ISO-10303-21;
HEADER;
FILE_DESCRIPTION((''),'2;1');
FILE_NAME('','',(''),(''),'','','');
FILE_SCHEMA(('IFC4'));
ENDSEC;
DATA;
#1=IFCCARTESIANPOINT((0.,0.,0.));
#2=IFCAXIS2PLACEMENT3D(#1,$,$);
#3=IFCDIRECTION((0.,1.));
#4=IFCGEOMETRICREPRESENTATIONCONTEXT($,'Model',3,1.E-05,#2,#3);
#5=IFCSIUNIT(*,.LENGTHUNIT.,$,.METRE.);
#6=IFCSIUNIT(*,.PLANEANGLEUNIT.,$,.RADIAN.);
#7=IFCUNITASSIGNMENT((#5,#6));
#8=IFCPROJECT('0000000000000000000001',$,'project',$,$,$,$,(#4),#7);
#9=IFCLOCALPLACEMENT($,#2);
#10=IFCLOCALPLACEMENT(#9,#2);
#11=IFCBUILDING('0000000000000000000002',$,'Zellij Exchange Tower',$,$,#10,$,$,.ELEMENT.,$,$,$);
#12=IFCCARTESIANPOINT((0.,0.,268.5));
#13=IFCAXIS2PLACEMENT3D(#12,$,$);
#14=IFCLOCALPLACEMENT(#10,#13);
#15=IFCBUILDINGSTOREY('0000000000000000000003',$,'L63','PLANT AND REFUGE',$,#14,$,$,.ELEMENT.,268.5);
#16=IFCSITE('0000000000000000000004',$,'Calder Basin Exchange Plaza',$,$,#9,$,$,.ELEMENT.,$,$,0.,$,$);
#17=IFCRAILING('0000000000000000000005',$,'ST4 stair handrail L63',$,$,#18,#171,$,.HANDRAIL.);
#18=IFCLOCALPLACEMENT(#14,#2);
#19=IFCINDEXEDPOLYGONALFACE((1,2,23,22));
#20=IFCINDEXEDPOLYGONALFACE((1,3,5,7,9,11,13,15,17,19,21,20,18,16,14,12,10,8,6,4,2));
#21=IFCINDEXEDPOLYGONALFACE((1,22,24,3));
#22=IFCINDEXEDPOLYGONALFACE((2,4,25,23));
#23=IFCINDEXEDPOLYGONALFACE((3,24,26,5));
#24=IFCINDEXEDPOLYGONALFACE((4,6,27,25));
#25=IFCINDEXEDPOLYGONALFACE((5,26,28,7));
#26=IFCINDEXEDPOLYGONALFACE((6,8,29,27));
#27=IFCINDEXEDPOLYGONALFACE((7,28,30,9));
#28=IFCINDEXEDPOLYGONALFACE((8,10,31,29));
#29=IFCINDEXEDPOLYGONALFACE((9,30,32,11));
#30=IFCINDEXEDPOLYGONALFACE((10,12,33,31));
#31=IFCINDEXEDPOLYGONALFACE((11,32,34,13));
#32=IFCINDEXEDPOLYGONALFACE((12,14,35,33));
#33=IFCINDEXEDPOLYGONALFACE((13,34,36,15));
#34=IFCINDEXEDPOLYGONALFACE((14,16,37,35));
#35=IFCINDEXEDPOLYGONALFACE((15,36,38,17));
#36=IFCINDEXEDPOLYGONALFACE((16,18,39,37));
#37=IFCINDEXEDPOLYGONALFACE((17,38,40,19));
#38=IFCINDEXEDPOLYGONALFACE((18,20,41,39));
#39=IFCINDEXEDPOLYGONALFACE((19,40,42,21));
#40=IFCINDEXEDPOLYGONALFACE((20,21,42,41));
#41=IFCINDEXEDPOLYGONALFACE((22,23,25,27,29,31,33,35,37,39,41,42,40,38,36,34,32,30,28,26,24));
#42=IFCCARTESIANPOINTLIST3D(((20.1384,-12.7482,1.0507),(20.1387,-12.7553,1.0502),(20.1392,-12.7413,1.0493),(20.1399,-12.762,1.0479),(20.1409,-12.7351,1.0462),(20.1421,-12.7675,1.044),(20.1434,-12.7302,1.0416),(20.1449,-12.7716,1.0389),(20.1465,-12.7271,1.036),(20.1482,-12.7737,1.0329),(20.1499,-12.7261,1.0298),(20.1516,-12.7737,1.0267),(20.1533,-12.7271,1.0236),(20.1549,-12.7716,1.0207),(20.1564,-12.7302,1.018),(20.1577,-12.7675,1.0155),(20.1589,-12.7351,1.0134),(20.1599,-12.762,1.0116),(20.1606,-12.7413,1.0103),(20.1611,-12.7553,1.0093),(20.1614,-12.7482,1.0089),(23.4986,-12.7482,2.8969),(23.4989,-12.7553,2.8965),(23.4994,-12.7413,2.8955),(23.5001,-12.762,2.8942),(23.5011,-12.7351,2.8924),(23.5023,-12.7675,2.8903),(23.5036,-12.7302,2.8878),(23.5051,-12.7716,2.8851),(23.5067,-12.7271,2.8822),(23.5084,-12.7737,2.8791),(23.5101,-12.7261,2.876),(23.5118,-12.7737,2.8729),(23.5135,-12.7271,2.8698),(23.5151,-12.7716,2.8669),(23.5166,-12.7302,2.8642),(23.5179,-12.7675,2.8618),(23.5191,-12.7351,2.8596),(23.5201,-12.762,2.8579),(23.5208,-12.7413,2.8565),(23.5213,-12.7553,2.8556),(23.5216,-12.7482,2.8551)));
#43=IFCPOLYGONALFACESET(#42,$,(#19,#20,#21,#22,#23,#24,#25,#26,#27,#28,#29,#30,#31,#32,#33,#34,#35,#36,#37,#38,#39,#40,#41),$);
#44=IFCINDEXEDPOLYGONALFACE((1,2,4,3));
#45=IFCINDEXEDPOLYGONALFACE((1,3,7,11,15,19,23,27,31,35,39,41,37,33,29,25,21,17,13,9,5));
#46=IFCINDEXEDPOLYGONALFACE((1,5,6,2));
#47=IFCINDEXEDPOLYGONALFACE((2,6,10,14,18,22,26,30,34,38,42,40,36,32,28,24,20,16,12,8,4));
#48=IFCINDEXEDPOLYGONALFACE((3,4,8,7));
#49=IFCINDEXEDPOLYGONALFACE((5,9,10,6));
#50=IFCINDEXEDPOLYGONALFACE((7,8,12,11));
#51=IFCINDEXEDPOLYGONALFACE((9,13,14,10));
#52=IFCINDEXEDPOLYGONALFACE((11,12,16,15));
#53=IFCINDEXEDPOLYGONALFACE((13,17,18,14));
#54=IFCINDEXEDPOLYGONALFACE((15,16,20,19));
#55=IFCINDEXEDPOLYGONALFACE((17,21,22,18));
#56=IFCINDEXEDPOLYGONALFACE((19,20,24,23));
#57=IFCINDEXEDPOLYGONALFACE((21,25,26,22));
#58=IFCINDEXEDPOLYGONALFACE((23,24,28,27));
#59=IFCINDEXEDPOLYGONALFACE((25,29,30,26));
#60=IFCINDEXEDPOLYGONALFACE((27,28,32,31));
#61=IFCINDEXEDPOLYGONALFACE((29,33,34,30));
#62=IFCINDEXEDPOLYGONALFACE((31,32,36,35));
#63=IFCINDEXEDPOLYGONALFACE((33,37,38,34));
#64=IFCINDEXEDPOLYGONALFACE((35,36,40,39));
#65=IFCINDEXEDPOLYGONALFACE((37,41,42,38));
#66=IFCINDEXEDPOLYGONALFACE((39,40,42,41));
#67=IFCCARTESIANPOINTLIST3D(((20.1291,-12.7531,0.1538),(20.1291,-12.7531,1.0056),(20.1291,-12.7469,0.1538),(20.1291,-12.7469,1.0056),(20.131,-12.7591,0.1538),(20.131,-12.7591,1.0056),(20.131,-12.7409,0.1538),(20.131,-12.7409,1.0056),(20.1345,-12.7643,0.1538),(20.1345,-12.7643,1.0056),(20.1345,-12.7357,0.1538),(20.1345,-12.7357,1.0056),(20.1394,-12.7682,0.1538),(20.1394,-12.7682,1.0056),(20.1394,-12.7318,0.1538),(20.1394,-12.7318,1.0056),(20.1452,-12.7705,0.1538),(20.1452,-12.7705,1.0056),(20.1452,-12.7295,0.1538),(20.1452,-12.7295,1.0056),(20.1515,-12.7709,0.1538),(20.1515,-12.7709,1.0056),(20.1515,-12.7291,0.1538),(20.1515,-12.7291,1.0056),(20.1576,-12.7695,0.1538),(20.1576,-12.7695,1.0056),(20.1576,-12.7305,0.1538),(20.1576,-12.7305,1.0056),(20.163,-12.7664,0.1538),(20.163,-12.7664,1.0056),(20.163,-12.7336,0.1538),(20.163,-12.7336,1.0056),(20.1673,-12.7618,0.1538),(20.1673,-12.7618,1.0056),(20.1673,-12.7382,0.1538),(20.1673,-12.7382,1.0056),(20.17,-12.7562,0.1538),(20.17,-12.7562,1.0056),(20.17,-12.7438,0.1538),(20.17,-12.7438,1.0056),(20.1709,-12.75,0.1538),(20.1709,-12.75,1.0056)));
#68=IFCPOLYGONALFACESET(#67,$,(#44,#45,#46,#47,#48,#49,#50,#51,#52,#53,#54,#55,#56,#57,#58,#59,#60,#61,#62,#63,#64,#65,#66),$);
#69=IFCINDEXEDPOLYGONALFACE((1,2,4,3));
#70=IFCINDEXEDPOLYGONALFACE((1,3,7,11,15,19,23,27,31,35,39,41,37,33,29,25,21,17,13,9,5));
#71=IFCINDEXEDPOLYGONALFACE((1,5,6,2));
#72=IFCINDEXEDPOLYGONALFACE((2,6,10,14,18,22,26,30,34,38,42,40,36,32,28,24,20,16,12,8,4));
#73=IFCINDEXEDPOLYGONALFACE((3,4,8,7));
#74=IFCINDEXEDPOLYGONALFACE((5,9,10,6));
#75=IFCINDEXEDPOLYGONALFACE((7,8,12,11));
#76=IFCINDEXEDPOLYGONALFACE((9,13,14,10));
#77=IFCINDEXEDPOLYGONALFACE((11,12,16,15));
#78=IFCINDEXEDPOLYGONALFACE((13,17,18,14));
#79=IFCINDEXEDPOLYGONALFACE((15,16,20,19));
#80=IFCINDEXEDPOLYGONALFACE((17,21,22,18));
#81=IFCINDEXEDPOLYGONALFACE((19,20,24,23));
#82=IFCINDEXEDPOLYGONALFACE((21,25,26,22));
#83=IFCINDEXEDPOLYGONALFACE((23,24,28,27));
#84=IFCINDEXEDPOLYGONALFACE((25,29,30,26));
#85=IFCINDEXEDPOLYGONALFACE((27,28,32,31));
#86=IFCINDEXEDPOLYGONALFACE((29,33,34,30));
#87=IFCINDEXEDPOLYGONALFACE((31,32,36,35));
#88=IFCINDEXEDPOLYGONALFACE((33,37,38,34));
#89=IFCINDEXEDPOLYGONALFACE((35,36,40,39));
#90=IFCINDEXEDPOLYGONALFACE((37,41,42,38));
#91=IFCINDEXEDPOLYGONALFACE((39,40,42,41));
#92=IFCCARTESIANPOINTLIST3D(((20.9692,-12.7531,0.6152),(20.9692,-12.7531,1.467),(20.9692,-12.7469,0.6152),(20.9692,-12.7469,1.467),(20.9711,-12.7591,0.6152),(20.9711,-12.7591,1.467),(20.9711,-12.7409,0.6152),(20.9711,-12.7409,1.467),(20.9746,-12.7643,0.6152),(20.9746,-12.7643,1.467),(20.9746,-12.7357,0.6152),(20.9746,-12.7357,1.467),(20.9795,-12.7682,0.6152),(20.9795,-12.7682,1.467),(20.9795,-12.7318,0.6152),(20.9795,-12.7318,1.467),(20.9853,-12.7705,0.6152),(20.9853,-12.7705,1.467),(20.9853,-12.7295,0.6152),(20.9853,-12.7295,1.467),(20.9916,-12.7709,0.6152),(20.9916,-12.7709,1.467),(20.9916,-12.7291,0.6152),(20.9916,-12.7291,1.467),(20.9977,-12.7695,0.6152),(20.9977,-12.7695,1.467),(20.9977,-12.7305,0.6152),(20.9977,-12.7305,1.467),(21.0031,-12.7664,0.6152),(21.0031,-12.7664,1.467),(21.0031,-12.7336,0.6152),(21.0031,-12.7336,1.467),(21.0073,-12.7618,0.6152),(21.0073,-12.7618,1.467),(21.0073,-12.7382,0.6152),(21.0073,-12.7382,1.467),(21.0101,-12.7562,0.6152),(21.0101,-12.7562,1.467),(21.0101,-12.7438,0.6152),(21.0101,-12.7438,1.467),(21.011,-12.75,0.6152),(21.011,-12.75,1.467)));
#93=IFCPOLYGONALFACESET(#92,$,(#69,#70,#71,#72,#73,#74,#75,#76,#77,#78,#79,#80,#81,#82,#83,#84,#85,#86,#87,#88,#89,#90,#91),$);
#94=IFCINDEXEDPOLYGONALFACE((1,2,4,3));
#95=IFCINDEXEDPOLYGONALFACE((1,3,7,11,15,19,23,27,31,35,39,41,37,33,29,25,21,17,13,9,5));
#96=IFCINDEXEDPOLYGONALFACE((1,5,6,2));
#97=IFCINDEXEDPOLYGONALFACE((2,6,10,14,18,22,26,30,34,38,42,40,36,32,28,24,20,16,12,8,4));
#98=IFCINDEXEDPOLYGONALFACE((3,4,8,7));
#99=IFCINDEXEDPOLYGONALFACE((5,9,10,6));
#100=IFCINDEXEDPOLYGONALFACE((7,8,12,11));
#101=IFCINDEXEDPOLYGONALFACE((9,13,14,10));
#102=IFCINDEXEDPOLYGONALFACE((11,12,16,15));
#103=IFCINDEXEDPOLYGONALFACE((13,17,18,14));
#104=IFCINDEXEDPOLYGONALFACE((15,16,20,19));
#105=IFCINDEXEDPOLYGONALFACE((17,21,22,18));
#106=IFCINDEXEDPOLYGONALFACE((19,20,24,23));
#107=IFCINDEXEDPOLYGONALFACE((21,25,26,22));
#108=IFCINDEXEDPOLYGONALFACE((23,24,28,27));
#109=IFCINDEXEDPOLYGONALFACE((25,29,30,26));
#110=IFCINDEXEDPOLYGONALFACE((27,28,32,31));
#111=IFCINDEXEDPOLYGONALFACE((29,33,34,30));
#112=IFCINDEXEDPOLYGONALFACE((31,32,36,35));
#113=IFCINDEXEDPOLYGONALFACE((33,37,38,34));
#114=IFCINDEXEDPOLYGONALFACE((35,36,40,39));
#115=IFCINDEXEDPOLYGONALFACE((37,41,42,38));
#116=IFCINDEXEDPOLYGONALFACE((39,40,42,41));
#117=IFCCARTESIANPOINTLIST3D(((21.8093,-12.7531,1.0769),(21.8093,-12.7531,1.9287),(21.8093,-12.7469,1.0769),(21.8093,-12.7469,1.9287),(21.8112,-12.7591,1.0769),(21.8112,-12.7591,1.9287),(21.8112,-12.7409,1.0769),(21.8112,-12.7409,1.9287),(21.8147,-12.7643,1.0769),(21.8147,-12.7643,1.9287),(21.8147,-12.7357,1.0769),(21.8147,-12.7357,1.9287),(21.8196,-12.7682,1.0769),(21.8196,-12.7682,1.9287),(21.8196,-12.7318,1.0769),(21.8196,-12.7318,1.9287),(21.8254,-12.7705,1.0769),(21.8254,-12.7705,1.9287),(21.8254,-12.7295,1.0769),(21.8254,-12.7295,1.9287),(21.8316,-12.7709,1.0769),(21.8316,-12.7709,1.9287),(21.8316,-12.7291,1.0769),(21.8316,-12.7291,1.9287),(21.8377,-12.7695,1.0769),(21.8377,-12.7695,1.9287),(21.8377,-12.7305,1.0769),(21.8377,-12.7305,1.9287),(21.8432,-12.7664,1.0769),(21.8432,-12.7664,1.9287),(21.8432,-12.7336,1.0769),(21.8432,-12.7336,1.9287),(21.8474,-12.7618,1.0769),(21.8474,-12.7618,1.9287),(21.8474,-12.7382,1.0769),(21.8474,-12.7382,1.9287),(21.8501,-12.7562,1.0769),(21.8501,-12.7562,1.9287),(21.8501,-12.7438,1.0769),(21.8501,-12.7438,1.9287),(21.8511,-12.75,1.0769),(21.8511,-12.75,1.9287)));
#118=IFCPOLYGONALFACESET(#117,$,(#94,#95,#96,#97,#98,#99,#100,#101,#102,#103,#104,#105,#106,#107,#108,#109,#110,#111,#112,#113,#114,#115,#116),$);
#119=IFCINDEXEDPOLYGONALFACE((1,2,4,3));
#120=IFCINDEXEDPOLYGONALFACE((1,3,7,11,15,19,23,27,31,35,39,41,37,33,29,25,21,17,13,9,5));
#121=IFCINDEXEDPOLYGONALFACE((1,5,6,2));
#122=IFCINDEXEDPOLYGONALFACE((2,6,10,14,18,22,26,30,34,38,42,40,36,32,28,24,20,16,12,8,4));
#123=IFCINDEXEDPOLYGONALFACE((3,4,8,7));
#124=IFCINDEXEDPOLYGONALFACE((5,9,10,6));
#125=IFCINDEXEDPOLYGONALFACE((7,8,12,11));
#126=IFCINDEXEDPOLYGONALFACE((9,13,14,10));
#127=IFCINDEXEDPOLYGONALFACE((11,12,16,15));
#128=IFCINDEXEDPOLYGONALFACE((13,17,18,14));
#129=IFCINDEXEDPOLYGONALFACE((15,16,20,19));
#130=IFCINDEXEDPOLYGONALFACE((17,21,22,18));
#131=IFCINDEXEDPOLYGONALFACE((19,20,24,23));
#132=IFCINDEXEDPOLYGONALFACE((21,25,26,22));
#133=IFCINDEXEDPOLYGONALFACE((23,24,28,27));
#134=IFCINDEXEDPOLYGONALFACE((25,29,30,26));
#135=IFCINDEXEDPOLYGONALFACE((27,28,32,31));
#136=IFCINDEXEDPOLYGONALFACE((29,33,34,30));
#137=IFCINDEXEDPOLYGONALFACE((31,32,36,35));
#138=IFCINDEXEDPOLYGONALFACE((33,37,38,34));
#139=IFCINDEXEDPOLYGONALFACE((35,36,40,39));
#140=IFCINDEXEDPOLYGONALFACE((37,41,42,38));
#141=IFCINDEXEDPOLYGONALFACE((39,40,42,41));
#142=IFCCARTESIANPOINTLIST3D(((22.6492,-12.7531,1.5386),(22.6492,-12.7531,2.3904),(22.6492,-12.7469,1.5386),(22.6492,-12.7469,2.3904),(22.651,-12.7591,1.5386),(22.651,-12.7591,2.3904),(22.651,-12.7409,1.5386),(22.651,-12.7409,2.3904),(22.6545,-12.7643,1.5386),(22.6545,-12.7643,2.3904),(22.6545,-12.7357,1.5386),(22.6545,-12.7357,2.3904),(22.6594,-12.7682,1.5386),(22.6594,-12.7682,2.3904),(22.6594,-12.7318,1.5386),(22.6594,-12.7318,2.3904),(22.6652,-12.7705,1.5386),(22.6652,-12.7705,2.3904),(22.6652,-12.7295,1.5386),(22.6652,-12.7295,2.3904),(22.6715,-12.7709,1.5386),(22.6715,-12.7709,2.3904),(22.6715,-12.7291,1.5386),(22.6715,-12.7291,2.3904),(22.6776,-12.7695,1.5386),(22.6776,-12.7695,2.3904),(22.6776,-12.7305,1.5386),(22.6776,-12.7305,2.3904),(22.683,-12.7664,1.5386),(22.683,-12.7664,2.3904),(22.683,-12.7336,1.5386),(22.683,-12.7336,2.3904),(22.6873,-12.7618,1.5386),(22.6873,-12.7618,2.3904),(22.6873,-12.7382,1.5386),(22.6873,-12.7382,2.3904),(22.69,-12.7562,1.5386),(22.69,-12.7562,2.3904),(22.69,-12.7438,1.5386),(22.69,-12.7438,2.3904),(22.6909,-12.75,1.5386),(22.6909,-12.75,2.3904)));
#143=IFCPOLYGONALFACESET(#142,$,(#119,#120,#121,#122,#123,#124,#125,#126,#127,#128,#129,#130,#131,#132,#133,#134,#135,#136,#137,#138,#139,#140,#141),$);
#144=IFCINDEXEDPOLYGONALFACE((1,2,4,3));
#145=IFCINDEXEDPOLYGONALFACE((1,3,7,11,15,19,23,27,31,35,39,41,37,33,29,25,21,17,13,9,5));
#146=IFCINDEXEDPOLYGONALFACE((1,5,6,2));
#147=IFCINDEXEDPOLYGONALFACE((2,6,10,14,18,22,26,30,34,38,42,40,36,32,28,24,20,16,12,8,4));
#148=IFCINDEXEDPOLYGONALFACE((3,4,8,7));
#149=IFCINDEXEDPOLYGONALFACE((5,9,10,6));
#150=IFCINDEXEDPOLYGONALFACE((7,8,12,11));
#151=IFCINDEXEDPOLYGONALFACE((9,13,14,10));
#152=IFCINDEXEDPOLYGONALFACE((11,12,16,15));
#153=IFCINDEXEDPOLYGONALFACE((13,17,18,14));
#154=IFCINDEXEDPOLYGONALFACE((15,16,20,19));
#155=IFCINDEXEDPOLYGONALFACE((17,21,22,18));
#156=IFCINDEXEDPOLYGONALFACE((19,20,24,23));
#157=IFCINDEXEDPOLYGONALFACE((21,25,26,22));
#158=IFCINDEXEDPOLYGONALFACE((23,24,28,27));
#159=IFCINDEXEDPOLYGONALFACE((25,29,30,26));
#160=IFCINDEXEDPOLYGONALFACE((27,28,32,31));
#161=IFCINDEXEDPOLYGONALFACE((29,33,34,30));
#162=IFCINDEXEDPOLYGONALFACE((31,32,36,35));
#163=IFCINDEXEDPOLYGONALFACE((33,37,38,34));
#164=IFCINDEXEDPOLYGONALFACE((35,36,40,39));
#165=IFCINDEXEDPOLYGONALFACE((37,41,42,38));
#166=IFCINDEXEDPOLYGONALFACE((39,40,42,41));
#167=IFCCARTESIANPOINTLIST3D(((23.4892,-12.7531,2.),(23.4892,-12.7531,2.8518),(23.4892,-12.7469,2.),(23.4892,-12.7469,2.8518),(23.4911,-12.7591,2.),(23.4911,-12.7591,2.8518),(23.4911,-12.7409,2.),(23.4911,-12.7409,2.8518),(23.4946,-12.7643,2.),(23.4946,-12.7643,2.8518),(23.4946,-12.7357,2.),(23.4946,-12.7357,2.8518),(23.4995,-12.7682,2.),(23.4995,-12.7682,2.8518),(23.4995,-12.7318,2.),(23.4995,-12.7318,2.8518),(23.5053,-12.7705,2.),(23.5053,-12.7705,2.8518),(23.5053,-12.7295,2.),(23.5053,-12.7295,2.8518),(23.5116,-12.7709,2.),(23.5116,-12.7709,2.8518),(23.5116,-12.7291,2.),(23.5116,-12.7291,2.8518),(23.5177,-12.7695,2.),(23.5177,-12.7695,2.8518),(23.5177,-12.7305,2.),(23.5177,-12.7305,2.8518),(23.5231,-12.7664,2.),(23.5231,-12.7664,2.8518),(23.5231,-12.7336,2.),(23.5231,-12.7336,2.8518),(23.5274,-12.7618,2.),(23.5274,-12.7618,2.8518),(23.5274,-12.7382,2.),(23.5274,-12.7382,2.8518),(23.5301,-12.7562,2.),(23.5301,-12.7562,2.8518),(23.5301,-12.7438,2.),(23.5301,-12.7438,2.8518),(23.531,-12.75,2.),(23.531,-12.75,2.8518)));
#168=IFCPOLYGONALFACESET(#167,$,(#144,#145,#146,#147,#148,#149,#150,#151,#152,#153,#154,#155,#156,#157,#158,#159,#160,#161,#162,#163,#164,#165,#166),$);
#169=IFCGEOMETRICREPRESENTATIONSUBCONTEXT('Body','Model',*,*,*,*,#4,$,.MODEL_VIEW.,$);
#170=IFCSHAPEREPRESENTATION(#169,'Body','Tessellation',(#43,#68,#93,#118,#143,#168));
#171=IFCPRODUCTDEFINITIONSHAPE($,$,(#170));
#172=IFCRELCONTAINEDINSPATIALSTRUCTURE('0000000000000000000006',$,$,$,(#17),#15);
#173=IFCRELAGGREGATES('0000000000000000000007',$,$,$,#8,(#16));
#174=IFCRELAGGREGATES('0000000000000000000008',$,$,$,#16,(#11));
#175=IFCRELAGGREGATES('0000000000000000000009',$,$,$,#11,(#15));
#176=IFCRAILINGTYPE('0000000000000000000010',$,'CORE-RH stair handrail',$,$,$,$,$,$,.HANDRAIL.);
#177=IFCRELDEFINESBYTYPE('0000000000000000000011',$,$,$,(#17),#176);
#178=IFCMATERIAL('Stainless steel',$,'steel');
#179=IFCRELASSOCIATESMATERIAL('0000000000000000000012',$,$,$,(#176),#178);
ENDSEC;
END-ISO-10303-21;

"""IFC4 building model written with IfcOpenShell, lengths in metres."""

from ifc_helpers import new_model, si_unit, direction, frame, origin, origin_2d, place, context, subcontext, project, spatial, circle, extrude, material, type_object, element, save


model = new_model("IFC4")

# Units and contexts
model_context = context("Model", 3, precision=1e-05, world=origin(), true_north=direction((0.0, 1.0)))
body_context = subcontext(model_context, "Body", "Model", "MODEL_VIEW")
ifc_project = project(units=[si_unit("LENGTHUNIT", "METRE"), si_unit("PLANEANGLEUNIT", "RADIAN")], contexts=[model_context])

# Site, building, storey
site_placement = place(None, origin())
site = spatial("IfcSite", under=ifc_project, at=site_placement, Name="Calder Basin Exchange Plaza", CompositionType="ELEMENT", RefElevation=0.0)
building_placement = place(site_placement, origin())
building = spatial("IfcBuilding", under=site, at=building_placement, Name="Zellij Exchange Tower", CompositionType="ELEMENT")
storey_placement = place(building_placement, frame((0.0, 0.0, 268.5)))
storey = spatial("IfcBuildingStorey", under=building, at=storey_placement, Name="L63", Description="PLANT AND REFUGE", CompositionType="ELEMENT", Elevation=268.5)

# Railing
ifc_material_1 = material(Name="Stainless steel", Category="steel")
railing_type_1 = type_object("IfcRailingType", Name="CORE-RH stair handrail", PredefinedType="HANDRAIL", material=ifc_material_1)
railing_1_placement = place(storey_placement, frame((20.1499, -12.75, 0.1538)))
element("IfcRailing", 1, at=railing_1_placement, inside=storey, type_object=railing_type_1, Name="ST4 stair handrail L63", PredefinedType="HANDRAIL", context=body_context, shape_type="SweptSolid", body=[
    extrude(circle(Radius=0.0239, at=origin_2d()), frame((0.0, 0.0, 0.876), z_axis=(0.876422, 0.0, 0.481545), x_axis=(0.0, 1.0, 0.0)), (0.0, 0.0, 1.0), 3.834),
    extrude(circle(Radius=0.021, at=origin_2d()), origin(), (0.0, 0.0, 1.0), 0.8518),
    extrude(circle(Radius=0.021, at=origin_2d()), frame((0.8401, 0.0, 0.4614)), (0.0, 0.0, 1.0), 0.8518),
    extrude(circle(Radius=0.021, at=origin_2d()), frame((1.6802, 0.0, 0.9231)), (0.0, 0.0, 1.0), 0.8518),
    extrude(circle(Radius=0.021, at=origin_2d()), frame((2.52, 0.0, 1.3848)), (0.0, 0.0, 1.0), 0.8518),
    extrude(circle(Radius=0.021, at=origin_2d()), frame((3.3601, 0.0, 1.8462)), (0.0, 0.0, 1.0), 0.8518),
])

save(model, "model.ifc")
